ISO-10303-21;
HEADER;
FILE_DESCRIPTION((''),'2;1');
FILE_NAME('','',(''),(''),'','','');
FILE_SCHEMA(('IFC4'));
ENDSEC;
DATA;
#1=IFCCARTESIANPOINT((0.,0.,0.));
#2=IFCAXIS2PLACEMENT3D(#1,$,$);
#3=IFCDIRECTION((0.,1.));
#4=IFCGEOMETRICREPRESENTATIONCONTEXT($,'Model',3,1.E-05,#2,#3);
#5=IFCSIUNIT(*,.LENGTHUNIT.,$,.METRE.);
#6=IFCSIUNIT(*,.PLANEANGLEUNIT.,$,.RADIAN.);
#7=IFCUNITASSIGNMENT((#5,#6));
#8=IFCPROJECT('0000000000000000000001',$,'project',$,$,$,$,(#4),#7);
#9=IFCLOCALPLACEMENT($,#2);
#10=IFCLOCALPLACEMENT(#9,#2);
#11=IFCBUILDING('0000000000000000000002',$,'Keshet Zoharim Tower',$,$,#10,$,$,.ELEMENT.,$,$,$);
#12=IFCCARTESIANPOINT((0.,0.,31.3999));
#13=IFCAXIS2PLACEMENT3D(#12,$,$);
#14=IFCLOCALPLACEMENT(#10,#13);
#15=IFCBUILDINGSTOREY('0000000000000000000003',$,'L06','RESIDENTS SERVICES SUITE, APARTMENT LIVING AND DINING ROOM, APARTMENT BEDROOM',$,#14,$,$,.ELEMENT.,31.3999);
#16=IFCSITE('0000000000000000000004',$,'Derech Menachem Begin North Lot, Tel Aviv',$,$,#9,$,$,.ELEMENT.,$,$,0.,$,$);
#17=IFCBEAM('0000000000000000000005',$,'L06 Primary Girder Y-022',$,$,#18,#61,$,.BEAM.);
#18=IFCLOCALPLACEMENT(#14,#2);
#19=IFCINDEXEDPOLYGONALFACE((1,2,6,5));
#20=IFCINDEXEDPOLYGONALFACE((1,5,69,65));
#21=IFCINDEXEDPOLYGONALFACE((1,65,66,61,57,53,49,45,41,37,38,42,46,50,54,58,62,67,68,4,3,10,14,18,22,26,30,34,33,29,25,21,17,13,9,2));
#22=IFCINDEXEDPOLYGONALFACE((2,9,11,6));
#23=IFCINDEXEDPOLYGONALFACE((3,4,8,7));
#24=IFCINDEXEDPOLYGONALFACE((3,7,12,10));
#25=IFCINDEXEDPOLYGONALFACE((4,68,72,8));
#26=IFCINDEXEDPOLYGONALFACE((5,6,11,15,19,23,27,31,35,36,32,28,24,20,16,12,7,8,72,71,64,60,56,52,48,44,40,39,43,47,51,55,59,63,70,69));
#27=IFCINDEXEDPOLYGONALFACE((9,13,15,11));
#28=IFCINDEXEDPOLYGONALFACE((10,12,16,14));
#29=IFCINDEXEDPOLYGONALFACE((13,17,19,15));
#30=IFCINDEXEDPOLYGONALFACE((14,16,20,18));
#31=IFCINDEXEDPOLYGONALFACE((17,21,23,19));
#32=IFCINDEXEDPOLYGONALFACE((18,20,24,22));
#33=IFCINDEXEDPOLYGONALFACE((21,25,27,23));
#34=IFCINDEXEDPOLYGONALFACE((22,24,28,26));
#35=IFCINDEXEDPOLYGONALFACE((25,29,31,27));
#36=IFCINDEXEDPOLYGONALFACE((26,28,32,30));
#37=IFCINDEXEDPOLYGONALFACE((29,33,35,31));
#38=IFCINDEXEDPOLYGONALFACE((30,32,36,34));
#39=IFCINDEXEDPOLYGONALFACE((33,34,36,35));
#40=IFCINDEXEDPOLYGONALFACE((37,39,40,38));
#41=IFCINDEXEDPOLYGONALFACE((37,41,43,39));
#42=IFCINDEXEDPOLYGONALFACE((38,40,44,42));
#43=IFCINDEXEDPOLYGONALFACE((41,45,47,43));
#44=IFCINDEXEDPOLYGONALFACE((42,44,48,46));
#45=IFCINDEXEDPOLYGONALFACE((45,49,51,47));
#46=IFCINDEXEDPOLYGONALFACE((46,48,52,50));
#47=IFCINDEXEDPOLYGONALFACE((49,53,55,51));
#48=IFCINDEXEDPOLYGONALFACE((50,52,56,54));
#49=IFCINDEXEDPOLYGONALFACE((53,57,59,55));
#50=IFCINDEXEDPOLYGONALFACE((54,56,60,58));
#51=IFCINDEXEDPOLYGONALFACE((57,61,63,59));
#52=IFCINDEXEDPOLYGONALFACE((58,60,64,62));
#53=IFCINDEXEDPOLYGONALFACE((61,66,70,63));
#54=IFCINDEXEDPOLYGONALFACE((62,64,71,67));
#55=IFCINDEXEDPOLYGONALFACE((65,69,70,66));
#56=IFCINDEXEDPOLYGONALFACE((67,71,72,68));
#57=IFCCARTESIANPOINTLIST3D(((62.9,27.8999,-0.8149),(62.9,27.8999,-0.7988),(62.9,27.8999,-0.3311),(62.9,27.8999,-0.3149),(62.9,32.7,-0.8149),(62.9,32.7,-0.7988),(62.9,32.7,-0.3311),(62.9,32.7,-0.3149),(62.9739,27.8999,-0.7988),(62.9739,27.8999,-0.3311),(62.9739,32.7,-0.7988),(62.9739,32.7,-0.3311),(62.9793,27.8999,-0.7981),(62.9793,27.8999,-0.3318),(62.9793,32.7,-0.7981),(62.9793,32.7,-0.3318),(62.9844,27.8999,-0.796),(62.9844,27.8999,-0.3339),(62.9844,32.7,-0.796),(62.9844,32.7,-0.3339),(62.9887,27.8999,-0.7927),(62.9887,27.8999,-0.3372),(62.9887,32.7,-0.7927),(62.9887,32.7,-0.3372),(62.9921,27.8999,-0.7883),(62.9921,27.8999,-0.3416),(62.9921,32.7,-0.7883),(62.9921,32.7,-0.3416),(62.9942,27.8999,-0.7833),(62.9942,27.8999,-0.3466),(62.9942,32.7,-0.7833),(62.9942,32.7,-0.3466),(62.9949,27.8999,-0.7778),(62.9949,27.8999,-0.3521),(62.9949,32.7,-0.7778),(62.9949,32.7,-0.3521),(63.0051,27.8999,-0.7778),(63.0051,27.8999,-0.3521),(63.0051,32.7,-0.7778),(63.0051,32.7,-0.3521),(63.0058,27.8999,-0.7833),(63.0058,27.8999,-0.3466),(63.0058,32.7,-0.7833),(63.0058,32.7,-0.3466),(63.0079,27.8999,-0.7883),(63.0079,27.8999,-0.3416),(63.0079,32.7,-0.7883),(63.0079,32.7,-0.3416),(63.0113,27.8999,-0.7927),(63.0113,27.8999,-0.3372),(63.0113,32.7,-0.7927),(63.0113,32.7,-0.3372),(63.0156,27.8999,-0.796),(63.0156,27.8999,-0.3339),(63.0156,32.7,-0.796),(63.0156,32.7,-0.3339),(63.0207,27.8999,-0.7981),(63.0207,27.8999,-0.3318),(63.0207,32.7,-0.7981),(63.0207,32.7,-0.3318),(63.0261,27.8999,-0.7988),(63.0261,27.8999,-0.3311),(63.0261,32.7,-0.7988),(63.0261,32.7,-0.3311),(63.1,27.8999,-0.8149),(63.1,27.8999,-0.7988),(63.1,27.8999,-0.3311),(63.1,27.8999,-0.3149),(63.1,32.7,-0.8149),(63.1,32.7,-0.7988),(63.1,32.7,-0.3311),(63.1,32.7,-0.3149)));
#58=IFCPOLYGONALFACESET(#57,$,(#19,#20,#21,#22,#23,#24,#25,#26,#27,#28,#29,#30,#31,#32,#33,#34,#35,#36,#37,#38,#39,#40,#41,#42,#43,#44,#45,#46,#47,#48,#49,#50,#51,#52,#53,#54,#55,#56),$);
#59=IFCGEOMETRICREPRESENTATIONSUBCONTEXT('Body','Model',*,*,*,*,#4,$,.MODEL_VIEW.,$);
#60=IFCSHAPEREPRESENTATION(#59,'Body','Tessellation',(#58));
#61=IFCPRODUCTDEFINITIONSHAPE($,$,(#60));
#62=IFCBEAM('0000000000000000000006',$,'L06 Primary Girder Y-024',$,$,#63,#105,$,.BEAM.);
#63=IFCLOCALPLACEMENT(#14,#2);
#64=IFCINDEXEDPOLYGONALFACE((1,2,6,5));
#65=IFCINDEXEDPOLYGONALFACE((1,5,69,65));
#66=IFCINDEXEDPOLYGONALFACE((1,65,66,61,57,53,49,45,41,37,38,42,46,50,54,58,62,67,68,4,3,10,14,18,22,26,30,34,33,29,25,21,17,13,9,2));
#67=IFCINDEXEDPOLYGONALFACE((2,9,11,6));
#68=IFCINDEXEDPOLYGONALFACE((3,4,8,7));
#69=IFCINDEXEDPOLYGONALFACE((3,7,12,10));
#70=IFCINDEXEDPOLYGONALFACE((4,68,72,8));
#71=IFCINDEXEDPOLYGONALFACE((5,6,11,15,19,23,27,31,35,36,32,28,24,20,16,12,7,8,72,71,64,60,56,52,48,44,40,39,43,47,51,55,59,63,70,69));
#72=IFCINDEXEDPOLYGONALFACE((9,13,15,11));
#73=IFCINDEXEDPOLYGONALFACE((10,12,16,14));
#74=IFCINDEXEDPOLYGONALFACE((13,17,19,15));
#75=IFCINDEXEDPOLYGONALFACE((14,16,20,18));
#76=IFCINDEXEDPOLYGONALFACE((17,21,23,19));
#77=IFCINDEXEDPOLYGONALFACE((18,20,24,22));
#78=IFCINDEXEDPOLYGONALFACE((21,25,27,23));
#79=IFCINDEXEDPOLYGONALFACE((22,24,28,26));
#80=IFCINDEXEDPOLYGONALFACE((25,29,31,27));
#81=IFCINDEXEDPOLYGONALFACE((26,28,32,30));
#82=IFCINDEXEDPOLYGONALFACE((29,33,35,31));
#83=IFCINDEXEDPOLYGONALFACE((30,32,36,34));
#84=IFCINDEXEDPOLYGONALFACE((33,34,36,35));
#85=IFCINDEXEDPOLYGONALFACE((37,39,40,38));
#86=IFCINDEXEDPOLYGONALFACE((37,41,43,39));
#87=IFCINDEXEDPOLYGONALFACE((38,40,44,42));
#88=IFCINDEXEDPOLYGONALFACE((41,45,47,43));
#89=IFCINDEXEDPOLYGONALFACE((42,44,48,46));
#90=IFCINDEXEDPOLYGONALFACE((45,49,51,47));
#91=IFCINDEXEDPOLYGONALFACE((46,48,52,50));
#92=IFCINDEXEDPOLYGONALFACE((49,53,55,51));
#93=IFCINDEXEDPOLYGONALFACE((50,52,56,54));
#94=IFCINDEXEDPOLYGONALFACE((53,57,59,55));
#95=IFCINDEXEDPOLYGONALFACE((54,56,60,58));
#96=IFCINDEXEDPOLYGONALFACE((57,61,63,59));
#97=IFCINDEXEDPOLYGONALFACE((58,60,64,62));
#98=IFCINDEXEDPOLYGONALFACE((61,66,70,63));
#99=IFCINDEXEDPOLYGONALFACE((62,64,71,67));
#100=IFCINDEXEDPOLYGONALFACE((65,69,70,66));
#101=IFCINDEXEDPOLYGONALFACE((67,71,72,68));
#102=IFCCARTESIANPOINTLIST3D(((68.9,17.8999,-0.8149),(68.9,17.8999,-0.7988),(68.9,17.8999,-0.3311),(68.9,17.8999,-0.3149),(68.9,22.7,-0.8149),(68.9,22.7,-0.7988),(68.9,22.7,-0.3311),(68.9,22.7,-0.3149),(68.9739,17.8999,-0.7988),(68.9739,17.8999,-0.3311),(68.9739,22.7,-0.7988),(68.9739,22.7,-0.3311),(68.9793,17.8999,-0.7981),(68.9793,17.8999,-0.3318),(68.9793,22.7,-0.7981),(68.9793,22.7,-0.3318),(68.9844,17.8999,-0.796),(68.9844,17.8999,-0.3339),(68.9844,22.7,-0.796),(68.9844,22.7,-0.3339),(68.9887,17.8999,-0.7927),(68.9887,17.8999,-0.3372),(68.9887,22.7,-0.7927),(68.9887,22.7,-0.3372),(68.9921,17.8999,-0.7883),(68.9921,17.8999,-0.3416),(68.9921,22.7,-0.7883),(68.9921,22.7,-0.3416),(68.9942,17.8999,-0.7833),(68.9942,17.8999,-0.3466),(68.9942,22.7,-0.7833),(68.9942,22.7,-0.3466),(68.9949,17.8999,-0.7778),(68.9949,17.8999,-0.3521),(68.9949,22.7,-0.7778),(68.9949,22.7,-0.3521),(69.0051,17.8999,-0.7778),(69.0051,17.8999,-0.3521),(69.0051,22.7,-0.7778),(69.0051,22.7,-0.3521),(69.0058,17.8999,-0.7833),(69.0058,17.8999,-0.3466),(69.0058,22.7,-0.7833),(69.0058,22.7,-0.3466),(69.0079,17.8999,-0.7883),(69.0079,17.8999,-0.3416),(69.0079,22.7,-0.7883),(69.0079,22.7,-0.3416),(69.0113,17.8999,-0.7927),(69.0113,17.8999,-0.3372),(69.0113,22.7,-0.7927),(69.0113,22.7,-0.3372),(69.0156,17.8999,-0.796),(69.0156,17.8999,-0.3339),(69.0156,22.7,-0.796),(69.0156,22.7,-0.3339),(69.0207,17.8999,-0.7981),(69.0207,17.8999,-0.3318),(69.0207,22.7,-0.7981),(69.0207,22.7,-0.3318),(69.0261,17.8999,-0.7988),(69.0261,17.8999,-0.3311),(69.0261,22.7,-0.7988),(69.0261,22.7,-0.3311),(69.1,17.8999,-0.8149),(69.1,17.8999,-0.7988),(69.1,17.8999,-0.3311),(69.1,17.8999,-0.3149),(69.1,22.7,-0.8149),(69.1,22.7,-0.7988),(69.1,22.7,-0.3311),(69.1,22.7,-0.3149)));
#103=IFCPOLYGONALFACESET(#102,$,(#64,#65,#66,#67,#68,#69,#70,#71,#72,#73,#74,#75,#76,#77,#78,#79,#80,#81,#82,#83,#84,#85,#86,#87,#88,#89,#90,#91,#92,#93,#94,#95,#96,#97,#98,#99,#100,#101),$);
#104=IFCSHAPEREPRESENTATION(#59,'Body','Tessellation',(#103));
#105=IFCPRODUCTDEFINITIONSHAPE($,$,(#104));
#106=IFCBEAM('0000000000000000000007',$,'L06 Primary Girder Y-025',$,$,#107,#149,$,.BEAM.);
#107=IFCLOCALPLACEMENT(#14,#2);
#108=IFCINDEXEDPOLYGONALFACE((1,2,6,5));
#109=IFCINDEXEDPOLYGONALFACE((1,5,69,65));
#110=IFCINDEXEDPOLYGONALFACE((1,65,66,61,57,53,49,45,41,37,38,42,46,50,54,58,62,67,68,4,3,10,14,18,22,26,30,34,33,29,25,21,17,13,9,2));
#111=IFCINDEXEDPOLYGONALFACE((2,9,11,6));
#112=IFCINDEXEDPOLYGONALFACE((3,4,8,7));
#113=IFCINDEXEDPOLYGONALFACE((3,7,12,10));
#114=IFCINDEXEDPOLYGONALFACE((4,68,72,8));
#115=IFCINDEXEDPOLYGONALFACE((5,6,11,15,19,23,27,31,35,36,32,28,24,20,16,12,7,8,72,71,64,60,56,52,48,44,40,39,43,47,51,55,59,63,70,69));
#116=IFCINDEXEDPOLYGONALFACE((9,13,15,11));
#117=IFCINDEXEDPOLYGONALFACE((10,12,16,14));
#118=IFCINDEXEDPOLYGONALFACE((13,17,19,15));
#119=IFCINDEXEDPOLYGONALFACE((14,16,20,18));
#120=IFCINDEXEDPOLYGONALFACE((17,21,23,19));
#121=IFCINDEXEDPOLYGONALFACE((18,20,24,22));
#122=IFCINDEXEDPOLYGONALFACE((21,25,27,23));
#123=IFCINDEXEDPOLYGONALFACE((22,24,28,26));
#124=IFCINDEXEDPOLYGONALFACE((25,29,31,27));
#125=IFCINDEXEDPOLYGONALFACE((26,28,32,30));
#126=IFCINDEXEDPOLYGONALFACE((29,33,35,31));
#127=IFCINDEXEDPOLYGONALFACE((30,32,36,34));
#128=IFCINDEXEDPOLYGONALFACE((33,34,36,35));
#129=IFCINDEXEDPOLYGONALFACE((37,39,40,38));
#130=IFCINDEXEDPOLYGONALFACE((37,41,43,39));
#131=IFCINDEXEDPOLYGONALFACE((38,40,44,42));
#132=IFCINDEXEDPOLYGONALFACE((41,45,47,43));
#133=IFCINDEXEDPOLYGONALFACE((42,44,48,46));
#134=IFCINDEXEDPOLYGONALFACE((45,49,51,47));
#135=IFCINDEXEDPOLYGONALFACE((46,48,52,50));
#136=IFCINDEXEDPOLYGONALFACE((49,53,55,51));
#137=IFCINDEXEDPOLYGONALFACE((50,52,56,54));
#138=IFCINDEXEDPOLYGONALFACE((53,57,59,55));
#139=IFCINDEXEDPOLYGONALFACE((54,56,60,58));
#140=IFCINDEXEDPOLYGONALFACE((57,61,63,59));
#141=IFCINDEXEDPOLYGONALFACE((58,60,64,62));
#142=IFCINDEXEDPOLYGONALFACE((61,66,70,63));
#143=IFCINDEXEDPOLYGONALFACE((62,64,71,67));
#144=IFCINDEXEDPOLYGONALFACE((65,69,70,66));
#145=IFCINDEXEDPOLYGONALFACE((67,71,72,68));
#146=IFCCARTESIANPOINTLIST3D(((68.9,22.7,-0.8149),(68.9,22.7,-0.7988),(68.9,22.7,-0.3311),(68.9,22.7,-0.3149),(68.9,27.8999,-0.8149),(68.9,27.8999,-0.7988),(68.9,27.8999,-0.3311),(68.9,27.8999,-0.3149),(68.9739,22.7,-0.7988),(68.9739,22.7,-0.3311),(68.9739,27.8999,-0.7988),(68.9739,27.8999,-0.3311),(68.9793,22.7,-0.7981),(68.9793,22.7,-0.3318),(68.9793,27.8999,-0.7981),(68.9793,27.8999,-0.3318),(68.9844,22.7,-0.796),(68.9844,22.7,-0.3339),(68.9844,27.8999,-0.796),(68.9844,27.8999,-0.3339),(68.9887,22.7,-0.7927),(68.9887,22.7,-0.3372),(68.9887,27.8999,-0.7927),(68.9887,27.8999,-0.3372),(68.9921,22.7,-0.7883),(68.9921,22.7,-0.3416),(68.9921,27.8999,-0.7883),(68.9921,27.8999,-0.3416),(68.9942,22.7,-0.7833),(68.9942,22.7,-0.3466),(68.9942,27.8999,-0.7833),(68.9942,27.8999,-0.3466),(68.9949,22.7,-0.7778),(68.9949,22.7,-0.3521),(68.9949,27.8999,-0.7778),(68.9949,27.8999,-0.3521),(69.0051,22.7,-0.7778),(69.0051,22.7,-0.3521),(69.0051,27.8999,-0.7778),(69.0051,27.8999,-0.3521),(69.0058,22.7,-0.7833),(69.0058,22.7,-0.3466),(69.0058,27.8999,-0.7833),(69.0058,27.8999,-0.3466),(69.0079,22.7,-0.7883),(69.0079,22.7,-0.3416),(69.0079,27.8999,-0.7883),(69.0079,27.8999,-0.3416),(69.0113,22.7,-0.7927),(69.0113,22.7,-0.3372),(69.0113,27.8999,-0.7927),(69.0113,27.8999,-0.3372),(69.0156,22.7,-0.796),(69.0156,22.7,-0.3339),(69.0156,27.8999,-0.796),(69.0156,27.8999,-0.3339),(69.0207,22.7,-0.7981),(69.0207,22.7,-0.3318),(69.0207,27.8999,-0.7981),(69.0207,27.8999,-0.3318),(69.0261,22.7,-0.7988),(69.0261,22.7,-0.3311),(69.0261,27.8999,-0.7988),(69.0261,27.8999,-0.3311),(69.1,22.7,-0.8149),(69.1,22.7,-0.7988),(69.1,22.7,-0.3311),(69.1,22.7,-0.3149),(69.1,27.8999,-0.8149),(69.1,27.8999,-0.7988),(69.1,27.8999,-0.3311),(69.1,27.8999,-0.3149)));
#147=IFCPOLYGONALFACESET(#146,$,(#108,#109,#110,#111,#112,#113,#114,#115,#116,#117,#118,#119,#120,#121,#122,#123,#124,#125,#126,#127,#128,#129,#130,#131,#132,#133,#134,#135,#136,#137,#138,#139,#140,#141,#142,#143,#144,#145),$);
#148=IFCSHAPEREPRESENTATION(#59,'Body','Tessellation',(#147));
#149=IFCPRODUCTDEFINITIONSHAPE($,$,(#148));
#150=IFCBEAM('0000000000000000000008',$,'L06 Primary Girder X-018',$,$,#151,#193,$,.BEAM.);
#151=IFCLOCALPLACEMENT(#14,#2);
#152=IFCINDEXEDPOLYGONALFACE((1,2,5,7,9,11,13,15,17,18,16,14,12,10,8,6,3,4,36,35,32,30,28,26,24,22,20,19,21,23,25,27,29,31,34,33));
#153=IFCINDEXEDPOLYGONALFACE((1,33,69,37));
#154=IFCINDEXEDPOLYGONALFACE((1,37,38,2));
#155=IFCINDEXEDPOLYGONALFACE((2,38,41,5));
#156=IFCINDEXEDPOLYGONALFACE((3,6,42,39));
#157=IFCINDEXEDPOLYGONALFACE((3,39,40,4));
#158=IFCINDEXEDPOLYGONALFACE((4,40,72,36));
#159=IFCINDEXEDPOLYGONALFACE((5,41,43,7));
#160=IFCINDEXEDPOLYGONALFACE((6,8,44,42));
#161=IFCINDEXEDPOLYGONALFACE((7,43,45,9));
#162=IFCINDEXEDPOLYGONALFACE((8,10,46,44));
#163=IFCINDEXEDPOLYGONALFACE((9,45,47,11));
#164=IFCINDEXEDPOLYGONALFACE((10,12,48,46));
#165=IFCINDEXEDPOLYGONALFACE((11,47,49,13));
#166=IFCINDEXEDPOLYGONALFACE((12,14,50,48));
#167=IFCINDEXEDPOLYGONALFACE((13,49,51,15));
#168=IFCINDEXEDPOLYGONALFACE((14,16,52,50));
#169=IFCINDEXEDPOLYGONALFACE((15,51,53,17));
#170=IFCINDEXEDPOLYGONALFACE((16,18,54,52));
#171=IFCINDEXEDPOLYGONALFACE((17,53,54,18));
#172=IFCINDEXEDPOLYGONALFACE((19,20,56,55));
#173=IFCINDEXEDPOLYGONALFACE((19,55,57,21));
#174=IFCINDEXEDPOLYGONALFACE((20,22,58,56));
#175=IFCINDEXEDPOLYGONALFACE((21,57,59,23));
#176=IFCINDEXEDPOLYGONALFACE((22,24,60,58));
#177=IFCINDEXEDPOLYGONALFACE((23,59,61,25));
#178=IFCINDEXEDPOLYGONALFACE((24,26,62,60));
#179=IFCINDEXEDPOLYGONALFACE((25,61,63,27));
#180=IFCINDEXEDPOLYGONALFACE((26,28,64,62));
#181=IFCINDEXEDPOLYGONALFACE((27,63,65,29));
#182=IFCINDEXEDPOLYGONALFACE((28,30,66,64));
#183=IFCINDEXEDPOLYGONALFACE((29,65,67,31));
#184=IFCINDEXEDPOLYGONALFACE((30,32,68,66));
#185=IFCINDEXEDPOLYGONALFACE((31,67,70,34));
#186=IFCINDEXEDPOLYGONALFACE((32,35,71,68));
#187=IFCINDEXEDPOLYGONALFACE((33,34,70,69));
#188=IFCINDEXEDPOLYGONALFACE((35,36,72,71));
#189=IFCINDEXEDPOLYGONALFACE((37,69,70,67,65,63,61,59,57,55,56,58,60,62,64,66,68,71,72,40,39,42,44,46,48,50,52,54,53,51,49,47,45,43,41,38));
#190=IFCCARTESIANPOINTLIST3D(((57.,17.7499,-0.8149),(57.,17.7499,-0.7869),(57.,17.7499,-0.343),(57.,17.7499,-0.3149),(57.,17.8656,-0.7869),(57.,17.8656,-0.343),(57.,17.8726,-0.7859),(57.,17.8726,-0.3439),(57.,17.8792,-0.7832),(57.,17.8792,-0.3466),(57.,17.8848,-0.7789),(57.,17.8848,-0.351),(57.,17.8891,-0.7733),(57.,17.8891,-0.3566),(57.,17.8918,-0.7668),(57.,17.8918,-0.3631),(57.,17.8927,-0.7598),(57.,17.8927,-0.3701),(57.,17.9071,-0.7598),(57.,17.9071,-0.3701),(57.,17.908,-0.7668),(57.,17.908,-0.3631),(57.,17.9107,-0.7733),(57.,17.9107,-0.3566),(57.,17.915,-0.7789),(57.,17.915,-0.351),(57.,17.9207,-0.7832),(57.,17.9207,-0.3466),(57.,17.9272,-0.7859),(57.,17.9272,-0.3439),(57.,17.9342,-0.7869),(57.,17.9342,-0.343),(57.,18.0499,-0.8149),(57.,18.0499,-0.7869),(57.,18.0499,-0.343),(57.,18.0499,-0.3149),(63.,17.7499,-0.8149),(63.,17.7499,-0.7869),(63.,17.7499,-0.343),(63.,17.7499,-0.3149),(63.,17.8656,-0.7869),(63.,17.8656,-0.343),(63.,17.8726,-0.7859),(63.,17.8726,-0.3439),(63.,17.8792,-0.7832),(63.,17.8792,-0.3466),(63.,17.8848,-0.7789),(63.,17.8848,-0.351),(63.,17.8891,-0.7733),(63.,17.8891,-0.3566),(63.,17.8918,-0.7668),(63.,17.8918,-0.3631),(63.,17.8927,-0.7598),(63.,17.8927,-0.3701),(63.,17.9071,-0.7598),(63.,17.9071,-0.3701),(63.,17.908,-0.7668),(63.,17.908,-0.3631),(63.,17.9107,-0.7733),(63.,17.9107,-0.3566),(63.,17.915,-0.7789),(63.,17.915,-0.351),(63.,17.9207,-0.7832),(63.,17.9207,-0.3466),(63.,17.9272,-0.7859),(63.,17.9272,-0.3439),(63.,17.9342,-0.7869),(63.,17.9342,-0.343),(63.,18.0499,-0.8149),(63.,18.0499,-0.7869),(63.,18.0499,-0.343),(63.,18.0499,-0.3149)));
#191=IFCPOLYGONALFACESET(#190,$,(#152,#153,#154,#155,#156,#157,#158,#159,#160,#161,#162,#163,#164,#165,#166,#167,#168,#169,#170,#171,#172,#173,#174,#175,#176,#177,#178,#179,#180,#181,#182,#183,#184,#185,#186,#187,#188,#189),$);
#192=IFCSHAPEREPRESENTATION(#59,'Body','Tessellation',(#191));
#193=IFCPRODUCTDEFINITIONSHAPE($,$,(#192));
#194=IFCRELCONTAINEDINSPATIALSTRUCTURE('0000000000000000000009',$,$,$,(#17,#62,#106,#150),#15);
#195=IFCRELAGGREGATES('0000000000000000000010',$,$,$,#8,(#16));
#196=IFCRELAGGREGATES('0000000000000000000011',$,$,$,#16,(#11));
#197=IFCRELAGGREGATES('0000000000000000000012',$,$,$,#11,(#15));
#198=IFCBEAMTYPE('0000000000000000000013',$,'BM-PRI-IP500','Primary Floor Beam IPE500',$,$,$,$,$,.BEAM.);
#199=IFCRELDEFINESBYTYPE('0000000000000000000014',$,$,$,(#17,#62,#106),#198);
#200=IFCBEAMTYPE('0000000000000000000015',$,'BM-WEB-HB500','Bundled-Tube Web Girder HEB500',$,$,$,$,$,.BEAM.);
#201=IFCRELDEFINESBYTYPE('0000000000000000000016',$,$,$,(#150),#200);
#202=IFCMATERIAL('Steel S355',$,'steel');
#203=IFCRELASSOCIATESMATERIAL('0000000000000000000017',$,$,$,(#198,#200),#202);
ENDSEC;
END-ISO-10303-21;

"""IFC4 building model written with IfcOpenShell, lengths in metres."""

from ifc_helpers import new_model, si_unit, direction, frame, origin, origin_2d, place, context, subcontext, project, spatial, i_section, extrude, material, material_profile, profile_set, type_object, element, save


model = new_model("IFC4")

# Units and contexts
model_context = context("Model", 3, precision=1e-05, world=origin(), true_north=direction((0.0, 1.0)))
body_context = subcontext(model_context, "Body", "Model", "MODEL_VIEW")
ifc_project = project(units=[si_unit("LENGTHUNIT", "METRE"), si_unit("PLANEANGLEUNIT", "RADIAN")], contexts=[model_context])

# Site, building, storey
site_placement = place(None, origin())
site = spatial("IfcSite", under=ifc_project, at=site_placement, Name="Derech Menachem Begin North Lot, Tel Aviv", CompositionType="ELEMENT", RefElevation=0.0)
building_placement = place(site_placement, origin())
building = spatial("IfcBuilding", under=site, at=building_placement, Name="Keshet Zoharim Tower", CompositionType="ELEMENT")
storey_placement = place(building_placement, frame((0.0, 0.0, 31.3999)))
storey = spatial("IfcBuildingStorey", under=building, at=storey_placement, Name="L06", Description="RESIDENTS SERVICES SUITE, APARTMENT LIVING AND DINING ROOM, APARTMENT BEDROOM", CompositionType="ELEMENT", Elevation=31.3999)

# Shared definitions
ifc_material_1 = material(Name="Steel S355", Category="steel")

# Beams
ifc_material_profile_1 = material_profile(ifc_material_1, i_section(OverallWidth=0.2, OverallDepth=0.5, WebThickness=0.0103, FlangeThickness=0.0161, FilletRadius=0.021, at=origin_2d()), Name="IPE500")
ifc_profile_set_1 = profile_set([ifc_material_profile_1], Name="Steel S355")
beam_type_1 = type_object("IfcBeamType", Name="BM-PRI-IP500", Description="Primary Floor Beam IPE500", PredefinedType="BEAM", material=ifc_profile_set_1)
for number, where, z_axis, x_axis, name in (
    (1, (63.0, 27.8999, -0.5649), (0.0, 1.0, 0.0), (-1.0, 0.0, 0.0), "L06 Primary Girder Y-022"),
    (2, (69.0, 17.8999, -0.5649), (0.0, 1.0, 0.0), (-1.0, 0.0, 0.0), "L06 Primary Girder Y-024"),
):
    element("IfcBeam", number, at=place(storey_placement, frame(where, z_axis=z_axis, x_axis=x_axis)), inside=storey, type_object=beam_type_1, Name=name, PredefinedType="BEAM", context=body_context, shape_type="SweptSolid", body=[
        extrude(i_section(OverallWidth=0.2, OverallDepth=0.5, WebThickness=0.0103, FlangeThickness=0.0161, FilletRadius=0.021, at=origin_2d()), origin(), (0.0, 0.0, 1.0), 4.8),
    ])
beam_1_placement = place(storey_placement, frame((69.0, 22.7, -0.5649), z_axis=(0.0, 1.0, 0.0), x_axis=(-1.0, 0.0, 0.0)))
element("IfcBeam", 3, at=beam_1_placement, inside=storey, type_object=beam_type_1, Name="L06 Primary Girder Y-025", PredefinedType="BEAM", context=body_context, shape_type="SweptSolid", body=[
    extrude(i_section(OverallWidth=0.2, OverallDepth=0.5, WebThickness=0.0103, FlangeThickness=0.0161, FilletRadius=0.021, at=origin_2d()), origin(), (0.0, 0.0, 1.0), 5.2),
])
ifc_material_profile_2 = material_profile(ifc_material_1, i_section(OverallWidth=0.3, OverallDepth=0.5, WebThickness=0.0144, FlangeThickness=0.0281, FilletRadius=0.0271, at=origin_2d()), Name="HEB500")
ifc_profile_set_2 = profile_set([ifc_material_profile_2], Name="Steel S355")
beam_type_2 = type_object("IfcBeamType", Name="BM-WEB-HB500", Description="Bundled-Tube Web Girder HEB500", PredefinedType="BEAM", material=ifc_profile_set_2)
for number, where, z_axis, x_axis, name in (
    (4, (57.0, 17.8999, -0.5649), (1.0, 0.0, 0.0), (0.0, 1.0, 0.0), "L06 Primary Girder X-018"),
):
    element("IfcBeam", number, at=place(storey_placement, frame(where, z_axis=z_axis, x_axis=x_axis)), inside=storey, type_object=beam_type_2, Name=name, PredefinedType="BEAM", context=body_context, shape_type="SweptSolid", body=[
        extrude(i_section(OverallWidth=0.3, OverallDepth=0.5, WebThickness=0.0144, FlangeThickness=0.0281, FilletRadius=0.0271, at=origin_2d()), origin(), (0.0, 0.0, 1.0), 6.0),
    ])

save(model, "model.ifc")
